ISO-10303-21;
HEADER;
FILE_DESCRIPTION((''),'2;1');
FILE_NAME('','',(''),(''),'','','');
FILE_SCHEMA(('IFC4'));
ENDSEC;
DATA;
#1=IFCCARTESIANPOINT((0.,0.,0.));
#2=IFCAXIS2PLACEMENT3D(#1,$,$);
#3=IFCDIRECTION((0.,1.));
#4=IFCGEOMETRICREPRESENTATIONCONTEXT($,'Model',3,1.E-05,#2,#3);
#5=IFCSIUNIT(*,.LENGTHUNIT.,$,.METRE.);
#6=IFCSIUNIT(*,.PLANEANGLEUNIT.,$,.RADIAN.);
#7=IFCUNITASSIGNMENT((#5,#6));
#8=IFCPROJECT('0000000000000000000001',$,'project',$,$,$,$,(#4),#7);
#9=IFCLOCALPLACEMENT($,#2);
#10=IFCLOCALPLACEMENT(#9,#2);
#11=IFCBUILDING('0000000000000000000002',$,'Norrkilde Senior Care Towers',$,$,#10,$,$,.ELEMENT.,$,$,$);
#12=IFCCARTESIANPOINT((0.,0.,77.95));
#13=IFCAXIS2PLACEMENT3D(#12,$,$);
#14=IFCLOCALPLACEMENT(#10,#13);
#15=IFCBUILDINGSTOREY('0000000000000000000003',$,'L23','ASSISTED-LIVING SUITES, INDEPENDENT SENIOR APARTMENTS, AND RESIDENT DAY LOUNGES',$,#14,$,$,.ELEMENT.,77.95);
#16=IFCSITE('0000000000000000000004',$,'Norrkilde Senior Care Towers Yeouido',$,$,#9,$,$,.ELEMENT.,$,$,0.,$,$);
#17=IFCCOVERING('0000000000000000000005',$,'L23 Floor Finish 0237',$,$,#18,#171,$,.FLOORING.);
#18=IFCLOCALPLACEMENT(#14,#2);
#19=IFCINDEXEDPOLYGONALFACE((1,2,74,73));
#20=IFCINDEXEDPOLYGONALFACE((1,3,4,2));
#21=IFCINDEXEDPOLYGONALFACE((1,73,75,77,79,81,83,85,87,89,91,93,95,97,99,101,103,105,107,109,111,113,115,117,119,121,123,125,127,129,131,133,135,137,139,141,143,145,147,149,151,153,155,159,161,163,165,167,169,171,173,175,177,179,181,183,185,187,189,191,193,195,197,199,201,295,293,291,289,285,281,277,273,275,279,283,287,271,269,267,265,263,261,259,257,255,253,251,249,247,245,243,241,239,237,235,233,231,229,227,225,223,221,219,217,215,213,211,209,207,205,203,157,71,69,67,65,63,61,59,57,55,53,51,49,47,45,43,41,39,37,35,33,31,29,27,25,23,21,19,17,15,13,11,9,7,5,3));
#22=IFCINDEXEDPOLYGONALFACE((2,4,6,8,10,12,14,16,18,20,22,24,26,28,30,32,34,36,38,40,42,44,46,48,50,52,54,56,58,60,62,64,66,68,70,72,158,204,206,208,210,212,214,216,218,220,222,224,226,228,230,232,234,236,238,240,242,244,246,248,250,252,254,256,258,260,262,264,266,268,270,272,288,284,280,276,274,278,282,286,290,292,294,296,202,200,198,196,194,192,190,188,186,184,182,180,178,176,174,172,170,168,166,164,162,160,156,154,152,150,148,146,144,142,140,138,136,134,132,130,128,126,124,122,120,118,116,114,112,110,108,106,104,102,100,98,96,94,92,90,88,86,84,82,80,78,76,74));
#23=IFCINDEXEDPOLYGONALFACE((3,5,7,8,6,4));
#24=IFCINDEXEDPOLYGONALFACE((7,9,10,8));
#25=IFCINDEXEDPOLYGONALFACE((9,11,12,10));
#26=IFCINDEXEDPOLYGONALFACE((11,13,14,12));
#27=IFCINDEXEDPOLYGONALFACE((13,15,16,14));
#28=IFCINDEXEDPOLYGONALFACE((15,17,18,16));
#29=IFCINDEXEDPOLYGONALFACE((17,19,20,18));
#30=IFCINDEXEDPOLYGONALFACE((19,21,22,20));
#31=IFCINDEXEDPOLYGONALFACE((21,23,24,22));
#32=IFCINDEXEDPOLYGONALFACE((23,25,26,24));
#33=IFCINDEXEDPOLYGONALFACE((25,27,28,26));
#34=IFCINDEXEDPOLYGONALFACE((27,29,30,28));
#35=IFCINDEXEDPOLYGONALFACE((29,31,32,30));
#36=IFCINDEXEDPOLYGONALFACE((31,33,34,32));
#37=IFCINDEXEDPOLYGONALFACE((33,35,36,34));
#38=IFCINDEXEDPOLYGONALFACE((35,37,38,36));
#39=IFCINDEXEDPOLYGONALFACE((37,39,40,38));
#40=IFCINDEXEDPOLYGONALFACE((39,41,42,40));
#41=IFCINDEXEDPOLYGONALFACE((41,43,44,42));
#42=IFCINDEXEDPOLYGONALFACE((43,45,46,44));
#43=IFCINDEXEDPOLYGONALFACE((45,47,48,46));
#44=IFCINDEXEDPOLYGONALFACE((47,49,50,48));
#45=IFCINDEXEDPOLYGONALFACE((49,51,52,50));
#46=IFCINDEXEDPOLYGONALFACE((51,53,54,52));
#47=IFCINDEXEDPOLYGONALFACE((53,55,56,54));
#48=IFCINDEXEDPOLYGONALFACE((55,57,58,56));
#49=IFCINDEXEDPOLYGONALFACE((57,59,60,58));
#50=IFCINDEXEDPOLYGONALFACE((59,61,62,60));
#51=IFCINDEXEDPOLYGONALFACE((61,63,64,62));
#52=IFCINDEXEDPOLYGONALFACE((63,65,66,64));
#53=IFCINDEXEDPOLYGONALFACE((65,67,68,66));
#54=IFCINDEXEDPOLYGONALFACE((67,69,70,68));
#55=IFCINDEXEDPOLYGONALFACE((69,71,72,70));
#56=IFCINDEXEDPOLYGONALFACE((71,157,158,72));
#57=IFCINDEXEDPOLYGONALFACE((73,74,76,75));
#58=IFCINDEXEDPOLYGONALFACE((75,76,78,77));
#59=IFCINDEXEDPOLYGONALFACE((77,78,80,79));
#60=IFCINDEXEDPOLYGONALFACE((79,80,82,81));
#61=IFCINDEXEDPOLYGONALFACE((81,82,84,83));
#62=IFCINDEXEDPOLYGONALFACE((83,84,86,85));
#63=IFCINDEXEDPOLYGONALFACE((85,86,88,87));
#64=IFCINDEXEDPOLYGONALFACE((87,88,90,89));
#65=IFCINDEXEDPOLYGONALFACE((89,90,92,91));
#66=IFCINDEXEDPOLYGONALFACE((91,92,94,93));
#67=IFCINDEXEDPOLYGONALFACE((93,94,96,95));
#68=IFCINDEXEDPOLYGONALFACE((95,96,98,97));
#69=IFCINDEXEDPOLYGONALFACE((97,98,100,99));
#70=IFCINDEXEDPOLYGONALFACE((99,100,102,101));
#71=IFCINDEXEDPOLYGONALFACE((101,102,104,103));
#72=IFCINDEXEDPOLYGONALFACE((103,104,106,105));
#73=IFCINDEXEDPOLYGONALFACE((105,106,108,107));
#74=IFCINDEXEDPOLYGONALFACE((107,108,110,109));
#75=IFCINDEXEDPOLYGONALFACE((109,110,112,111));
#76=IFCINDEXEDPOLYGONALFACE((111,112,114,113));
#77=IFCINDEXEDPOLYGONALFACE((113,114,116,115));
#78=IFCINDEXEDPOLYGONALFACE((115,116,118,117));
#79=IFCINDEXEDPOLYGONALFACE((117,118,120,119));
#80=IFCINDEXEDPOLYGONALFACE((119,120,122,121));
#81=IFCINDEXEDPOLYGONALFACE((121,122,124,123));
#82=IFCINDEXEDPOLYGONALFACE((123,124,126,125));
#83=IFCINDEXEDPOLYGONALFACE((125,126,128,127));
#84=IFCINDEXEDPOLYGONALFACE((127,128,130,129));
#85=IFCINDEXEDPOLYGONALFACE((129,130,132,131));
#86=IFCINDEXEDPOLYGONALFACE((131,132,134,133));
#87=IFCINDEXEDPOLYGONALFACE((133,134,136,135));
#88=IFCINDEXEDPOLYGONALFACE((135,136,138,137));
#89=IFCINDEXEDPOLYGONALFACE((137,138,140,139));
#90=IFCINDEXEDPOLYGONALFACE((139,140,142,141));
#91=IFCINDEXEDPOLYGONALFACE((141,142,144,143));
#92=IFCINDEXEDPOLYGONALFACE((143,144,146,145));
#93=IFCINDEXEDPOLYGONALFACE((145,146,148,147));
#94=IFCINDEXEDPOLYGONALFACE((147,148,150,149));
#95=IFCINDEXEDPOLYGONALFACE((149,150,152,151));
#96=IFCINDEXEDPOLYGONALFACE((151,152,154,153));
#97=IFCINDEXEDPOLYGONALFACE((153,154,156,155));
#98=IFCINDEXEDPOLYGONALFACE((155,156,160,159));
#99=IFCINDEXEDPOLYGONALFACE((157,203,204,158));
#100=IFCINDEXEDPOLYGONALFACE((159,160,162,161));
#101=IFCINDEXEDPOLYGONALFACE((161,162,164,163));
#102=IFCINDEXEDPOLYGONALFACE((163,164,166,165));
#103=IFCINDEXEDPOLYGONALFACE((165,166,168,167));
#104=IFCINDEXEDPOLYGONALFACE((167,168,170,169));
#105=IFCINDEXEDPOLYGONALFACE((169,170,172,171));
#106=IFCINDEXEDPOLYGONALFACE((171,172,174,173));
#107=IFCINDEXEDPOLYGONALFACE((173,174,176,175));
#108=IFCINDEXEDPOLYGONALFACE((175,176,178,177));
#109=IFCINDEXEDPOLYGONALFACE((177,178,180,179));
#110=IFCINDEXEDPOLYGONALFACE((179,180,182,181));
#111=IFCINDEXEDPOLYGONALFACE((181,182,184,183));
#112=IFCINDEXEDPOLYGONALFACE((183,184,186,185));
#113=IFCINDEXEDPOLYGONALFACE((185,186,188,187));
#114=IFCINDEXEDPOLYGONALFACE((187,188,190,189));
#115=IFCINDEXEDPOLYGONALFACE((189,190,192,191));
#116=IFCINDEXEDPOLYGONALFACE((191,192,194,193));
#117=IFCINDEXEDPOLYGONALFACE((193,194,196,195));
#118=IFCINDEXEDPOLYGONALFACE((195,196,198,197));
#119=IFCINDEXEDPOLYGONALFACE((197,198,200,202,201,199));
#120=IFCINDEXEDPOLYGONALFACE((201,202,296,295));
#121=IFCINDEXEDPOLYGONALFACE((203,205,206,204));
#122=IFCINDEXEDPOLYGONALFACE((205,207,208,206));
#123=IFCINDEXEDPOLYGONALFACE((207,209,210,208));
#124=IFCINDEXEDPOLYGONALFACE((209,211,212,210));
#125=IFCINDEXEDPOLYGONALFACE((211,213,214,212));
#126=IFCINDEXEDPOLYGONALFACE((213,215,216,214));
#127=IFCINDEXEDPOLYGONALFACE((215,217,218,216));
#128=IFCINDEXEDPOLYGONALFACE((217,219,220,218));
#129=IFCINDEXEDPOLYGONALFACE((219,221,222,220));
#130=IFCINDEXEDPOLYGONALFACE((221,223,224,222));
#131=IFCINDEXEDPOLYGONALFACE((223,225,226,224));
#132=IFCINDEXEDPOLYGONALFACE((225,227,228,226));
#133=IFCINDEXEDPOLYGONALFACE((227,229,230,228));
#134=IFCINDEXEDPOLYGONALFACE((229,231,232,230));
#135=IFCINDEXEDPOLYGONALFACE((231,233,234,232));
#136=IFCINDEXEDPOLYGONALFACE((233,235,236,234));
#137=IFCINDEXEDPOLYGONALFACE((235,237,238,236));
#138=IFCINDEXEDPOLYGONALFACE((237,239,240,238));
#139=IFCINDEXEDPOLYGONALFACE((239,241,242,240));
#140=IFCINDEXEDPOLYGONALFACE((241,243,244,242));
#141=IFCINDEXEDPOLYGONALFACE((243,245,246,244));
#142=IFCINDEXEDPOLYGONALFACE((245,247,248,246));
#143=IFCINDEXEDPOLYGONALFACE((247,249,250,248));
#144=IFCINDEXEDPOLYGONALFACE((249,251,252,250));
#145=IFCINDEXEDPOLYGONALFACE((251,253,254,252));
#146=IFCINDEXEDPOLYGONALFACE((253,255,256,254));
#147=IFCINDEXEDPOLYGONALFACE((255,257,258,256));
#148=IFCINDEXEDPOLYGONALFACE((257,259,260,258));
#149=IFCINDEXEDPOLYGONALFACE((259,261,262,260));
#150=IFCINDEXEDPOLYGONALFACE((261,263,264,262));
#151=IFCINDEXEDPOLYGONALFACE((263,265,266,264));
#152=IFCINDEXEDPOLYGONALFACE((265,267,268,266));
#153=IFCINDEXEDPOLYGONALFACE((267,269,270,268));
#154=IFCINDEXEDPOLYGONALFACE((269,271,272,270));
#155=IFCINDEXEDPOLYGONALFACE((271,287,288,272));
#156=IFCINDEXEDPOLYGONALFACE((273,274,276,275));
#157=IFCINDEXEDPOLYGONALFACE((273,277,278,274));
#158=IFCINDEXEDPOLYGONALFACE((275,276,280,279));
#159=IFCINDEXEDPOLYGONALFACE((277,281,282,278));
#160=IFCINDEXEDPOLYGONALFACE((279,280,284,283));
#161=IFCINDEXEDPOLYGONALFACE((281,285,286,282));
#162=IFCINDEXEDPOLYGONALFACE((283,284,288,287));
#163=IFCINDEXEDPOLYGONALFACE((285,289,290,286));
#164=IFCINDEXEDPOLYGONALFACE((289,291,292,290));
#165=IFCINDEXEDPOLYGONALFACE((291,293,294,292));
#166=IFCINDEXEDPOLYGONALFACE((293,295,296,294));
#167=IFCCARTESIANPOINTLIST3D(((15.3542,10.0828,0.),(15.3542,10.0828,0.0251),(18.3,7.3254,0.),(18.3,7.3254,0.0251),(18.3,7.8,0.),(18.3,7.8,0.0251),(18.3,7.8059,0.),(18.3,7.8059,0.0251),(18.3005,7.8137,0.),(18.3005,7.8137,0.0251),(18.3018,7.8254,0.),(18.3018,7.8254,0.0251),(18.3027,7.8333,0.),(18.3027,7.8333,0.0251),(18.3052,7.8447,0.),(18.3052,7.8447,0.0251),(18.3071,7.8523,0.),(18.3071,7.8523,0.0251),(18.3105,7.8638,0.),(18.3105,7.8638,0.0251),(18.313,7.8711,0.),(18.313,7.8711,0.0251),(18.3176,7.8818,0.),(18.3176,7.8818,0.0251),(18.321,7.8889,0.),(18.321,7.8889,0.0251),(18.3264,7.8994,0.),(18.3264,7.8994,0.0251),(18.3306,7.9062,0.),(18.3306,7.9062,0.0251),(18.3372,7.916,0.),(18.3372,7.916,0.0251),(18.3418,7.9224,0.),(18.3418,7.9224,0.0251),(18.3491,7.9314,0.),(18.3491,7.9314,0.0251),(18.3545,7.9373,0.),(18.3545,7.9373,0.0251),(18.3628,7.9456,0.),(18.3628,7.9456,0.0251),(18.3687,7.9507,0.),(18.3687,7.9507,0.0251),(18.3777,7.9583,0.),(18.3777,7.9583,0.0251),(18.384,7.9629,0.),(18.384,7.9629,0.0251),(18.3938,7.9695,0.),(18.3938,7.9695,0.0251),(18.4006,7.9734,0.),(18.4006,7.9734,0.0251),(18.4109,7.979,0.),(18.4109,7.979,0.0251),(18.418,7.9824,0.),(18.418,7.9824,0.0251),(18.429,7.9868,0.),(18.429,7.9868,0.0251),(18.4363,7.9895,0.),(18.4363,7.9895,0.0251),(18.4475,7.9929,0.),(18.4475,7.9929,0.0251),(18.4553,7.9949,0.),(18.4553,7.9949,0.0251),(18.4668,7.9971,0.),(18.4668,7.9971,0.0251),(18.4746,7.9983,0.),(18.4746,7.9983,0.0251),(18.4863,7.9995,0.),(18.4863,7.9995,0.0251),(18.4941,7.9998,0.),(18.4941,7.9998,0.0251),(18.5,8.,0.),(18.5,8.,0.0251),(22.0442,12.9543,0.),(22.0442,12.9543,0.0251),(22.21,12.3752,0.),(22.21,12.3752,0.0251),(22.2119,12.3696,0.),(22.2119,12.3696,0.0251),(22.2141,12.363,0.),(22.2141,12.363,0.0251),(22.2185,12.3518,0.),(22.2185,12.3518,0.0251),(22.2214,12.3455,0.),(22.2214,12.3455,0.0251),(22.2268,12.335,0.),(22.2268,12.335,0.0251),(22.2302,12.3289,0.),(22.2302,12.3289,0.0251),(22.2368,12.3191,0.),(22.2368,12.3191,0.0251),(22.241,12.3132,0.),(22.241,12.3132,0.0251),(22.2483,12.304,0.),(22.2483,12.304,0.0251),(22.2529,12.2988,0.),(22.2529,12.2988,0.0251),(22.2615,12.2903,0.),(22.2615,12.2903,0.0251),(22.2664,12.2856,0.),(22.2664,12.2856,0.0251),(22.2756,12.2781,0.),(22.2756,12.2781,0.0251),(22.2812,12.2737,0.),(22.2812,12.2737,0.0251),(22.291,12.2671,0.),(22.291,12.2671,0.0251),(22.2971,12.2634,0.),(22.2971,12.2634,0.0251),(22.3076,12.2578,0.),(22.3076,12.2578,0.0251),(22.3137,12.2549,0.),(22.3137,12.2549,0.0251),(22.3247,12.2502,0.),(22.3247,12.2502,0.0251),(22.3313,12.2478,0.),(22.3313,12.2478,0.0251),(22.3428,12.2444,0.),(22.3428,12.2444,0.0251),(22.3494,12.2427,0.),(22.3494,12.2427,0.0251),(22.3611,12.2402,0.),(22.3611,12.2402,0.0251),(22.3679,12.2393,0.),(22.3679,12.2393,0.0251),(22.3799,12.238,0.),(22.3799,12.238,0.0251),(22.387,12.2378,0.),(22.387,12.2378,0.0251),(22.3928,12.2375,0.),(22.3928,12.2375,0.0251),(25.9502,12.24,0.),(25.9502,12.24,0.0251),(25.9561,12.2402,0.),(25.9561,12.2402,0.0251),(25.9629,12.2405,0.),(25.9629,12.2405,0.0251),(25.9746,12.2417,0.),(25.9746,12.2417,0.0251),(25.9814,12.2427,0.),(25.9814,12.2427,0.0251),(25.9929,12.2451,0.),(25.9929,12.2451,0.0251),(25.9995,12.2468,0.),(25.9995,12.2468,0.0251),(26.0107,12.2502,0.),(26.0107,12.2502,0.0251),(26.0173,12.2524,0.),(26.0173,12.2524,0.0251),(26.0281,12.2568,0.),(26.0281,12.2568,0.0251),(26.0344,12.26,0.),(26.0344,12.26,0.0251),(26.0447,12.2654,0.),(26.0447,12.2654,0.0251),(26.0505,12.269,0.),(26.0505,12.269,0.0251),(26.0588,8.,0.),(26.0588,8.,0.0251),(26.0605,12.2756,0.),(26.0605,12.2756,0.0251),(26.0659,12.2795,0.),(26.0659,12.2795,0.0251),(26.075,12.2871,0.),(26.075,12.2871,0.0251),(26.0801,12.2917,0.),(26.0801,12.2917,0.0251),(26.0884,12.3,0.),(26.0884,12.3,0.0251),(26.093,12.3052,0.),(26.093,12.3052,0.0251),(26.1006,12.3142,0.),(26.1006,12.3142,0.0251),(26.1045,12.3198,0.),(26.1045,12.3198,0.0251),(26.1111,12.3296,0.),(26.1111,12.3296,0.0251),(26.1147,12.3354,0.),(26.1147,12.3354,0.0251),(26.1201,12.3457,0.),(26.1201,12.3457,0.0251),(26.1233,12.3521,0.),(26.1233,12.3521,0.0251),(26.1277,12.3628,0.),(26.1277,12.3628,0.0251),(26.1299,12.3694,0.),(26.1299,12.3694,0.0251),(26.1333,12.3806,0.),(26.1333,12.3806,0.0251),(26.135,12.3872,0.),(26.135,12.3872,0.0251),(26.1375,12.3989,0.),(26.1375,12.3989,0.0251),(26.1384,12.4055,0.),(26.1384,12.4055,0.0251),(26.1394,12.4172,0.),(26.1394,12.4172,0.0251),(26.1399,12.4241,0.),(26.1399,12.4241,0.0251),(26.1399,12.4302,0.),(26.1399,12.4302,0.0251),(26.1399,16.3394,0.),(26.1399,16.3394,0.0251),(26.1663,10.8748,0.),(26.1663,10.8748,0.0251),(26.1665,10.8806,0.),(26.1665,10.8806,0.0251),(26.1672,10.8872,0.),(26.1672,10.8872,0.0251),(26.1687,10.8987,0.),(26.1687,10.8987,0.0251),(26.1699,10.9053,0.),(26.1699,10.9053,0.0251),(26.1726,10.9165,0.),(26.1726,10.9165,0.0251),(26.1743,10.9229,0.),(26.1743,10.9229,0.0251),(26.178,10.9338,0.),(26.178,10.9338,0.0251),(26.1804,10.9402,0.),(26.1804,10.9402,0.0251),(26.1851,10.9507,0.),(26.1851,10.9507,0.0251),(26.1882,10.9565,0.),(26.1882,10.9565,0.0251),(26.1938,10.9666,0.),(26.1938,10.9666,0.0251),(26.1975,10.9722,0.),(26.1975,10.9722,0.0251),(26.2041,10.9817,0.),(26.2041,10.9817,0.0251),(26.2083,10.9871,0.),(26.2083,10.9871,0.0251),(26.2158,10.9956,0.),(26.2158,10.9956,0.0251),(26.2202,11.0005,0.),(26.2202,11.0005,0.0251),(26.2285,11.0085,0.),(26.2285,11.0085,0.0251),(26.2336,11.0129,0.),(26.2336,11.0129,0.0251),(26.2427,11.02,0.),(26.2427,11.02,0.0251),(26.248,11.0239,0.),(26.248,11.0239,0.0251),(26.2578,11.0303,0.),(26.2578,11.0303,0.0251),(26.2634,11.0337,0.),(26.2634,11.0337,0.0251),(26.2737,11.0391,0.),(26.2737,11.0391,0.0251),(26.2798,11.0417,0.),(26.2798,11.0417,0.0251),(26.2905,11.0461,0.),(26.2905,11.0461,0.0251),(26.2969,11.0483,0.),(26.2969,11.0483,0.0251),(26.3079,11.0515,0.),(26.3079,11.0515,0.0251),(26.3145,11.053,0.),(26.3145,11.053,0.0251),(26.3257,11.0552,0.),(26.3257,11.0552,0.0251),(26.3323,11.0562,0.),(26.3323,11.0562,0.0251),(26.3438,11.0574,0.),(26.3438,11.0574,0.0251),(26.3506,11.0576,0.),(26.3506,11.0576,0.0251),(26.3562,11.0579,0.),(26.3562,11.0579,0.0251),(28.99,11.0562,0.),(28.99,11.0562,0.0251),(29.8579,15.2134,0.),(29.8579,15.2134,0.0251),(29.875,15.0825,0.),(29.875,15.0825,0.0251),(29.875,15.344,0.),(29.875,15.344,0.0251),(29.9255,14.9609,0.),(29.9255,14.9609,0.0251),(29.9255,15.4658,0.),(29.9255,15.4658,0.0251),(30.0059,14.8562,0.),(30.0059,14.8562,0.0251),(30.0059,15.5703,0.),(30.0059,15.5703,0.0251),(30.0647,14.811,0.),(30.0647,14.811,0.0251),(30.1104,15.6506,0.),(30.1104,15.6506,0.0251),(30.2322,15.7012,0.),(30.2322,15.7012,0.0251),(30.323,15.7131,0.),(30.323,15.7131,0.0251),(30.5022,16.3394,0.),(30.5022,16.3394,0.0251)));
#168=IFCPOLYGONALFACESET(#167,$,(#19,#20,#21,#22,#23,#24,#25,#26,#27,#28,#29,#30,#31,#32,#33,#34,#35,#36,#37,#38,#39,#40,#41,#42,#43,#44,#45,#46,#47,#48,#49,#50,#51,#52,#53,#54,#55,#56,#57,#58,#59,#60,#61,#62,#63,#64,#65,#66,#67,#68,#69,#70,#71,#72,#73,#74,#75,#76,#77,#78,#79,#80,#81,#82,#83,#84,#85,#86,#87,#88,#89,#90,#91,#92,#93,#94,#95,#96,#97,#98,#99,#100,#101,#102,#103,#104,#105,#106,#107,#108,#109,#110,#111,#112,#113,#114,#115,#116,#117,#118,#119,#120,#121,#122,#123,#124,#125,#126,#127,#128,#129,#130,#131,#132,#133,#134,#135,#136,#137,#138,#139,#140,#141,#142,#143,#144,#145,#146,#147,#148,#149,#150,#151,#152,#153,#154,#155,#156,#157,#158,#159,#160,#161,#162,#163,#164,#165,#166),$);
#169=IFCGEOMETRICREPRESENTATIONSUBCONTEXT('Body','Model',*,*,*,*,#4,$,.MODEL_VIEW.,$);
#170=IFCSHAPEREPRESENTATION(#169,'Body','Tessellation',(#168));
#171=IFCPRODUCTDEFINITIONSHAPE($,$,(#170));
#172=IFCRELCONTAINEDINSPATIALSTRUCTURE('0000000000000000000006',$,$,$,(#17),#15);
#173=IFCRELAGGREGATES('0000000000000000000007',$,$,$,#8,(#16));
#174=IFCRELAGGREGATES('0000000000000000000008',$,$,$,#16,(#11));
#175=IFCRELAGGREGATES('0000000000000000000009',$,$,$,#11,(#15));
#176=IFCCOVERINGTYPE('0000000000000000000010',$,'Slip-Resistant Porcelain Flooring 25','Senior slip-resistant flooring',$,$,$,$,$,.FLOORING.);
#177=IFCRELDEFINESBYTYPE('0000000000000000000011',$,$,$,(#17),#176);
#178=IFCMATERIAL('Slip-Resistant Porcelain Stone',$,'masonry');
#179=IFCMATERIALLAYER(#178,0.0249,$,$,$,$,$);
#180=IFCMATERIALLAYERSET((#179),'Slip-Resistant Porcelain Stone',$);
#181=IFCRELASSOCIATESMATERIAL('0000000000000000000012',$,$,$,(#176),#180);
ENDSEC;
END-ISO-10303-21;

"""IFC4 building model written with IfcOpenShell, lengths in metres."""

from ifc_helpers import new_model, si_unit, direction, frame, origin, place, context, subcontext, project, spatial, polyline, outline, extrude, material, layer, layer_set, type_object, element, save


model = new_model("IFC4")

# Units and contexts
model_context = context("Model", 3, precision=1e-05, world=origin(), true_north=direction((0.0, 1.0)))
body_context = subcontext(model_context, "Body", "Model", "MODEL_VIEW")
ifc_project = project(units=[si_unit("LENGTHUNIT", "METRE"), si_unit("PLANEANGLEUNIT", "RADIAN")], contexts=[model_context])

# Site, building, storey
site_placement = place(None, origin())
site = spatial("IfcSite", under=ifc_project, at=site_placement, Name="Norrkilde Senior Care Towers Yeouido", CompositionType="ELEMENT", RefElevation=0.0)
building_placement = place(site_placement, origin())
building = spatial("IfcBuilding", under=site, at=building_placement, Name="Norrkilde Senior Care Towers", CompositionType="ELEMENT")
storey_placement = place(building_placement, frame((0.0, 0.0, 77.95)))
storey = spatial("IfcBuildingStorey", under=building, at=storey_placement, Name="L23", Description="ASSISTED-LIVING SUITES, INDEPENDENT SENIOR APARTMENTS, AND RESIDENT DAY LOUNGES", CompositionType="ELEMENT", Elevation=77.95)

# Covering
ifc_material_1 = material(Name="Slip-Resistant Porcelain Stone", Category="masonry")
ifc_layer_1 = layer(ifc_material_1, 0.0249)
ifc_layer_set_1 = layer_set([ifc_layer_1], Name="Slip-Resistant Porcelain Stone")
covering_type_1 = type_object("IfcCoveringType", Name="Slip-Resistant Porcelain Flooring 25", Description="Senior slip-resistant flooring", PredefinedType="FLOORING", material=ifc_layer_set_1)
covering_1_placement = place(storey_placement, origin())
element("IfcCovering", 1, at=covering_1_placement, inside=storey, type_object=covering_type_1, Name="L23 Floor Finish 0237", PredefinedType="FLOORING", context=body_context, shape_type="SweptSolid", body=[
    extrude(outline(polyline([(18.4475, 7.9929), (18.4363, 7.9895), (18.429, 7.9868), (18.418, 7.9824), (18.4109, 7.979), (18.4006, 7.9734), (18.3938, 7.9695), (18.384, 7.9629), (18.3777, 7.9583), (18.3687, 7.9507), (18.3628, 7.9456), (18.3545, 7.9373), (18.3491, 7.9314), (18.3418, 7.9224), (18.3372, 7.916), (18.3306, 7.9062), (18.3264, 7.8994), (18.321, 7.8889), (18.3176, 7.8818), (18.313, 7.8711), (18.3105, 7.8638), (18.3071, 7.8523), (18.3052, 7.8447), (18.3027, 7.8333), (18.3018, 7.8254), (18.3005, 7.8137), (18.3, 7.8059), (18.3, 7.8), (18.3, 7.3254), (15.3542, 10.0828), (22.0442, 12.9543), (22.21, 12.3752), (22.2119, 12.3696), (22.2141, 12.363), (22.2185, 12.3518), (22.2214, 12.3455), (22.2268, 12.335), (22.2302, 12.3289), (22.2368, 12.3191), (22.241, 12.3132), (22.2483, 12.304), (22.2529, 12.2988), (22.2615, 12.2903), (22.2664, 12.2856), (22.2756, 12.2781), (22.2812, 12.2737), (22.291, 12.2671), (22.2971, 12.2634), (22.3076, 12.2578), (22.3137, 12.2549), (22.3247, 12.2502), (22.3313, 12.2478), (22.3428, 12.2444), (22.3494, 12.2427), (22.3611, 12.2402), (22.3679, 12.2393), (22.3799, 12.238), (22.387, 12.2378), (22.3928, 12.2375), (25.9502, 12.24), (25.9561, 12.2402), (25.9629, 12.2405), (25.9746, 12.2417), (25.9814, 12.2427), (25.9929, 12.2451), (25.9995, 12.2468), (26.0107, 12.2502), (26.0173, 12.2524), (26.0281, 12.2568), (26.0344, 12.26), (26.0447, 12.2654), (26.0505, 12.269), (26.0605, 12.2756), (26.0659, 12.2795), (26.075, 12.2871), (26.0801, 12.2917), (26.0884, 12.3), (26.093, 12.3052), (26.1006, 12.3142), (26.1045, 12.3198), (26.1111, 12.3296), (26.1147, 12.3354), (26.1201, 12.3457), (26.1233, 12.3521), (26.1277, 12.3628), (26.1299, 12.3694), (26.1333, 12.3806), (26.135, 12.3872), (26.1375, 12.3989), (26.1384, 12.4055), (26.1394, 12.4172), (26.1399, 12.4241), (26.1399, 12.4302), (26.1399, 16.3394), (30.5022, 16.3394), (30.323, 15.7131), (30.2322, 15.7012), (30.1104, 15.6506), (30.0059, 15.5703), (29.9255, 15.4658), (29.875, 15.344), (29.8579, 15.2134), (29.875, 15.0825), (29.9255, 14.9609), (30.0059, 14.8562), (30.0647, 14.811), (28.99, 11.0562), (26.3562, 11.0579), (26.3506, 11.0576), (26.3438, 11.0574), (26.3323, 11.0562), (26.3257, 11.0552), (26.3145, 11.053), (26.3079, 11.0515), (26.2969, 11.0483), (26.2905, 11.0461), (26.2798, 11.0417), (26.2737, 11.0391), (26.2634, 11.0337), (26.2578, 11.0303), (26.248, 11.0239), (26.2427, 11.02), (26.2336, 11.0129), (26.2285, 11.0085), (26.2202, 11.0005), (26.2158, 10.9956), (26.2083, 10.9871), (26.2041, 10.9817), (26.1975, 10.9722), (26.1938, 10.9666), (26.1882, 10.9565), (26.1851, 10.9507), (26.1804, 10.9402), (26.178, 10.9338), (26.1743, 10.9229), (26.1726, 10.9165), (26.1699, 10.9053), (26.1687, 10.8987), (26.1672, 10.8872), (26.1665, 10.8806), (26.1663, 10.8748), (26.0588, 8.0), (18.5, 8.0), (18.4941, 7.9998), (18.4863, 7.9995), (18.4746, 7.9983), (18.4668, 7.9971), (18.4553, 7.9949), (18.4475, 7.9929)])), origin(), (0.0, 0.0, 1.0), 0.0251),
])

save(model, "model.ifc")
